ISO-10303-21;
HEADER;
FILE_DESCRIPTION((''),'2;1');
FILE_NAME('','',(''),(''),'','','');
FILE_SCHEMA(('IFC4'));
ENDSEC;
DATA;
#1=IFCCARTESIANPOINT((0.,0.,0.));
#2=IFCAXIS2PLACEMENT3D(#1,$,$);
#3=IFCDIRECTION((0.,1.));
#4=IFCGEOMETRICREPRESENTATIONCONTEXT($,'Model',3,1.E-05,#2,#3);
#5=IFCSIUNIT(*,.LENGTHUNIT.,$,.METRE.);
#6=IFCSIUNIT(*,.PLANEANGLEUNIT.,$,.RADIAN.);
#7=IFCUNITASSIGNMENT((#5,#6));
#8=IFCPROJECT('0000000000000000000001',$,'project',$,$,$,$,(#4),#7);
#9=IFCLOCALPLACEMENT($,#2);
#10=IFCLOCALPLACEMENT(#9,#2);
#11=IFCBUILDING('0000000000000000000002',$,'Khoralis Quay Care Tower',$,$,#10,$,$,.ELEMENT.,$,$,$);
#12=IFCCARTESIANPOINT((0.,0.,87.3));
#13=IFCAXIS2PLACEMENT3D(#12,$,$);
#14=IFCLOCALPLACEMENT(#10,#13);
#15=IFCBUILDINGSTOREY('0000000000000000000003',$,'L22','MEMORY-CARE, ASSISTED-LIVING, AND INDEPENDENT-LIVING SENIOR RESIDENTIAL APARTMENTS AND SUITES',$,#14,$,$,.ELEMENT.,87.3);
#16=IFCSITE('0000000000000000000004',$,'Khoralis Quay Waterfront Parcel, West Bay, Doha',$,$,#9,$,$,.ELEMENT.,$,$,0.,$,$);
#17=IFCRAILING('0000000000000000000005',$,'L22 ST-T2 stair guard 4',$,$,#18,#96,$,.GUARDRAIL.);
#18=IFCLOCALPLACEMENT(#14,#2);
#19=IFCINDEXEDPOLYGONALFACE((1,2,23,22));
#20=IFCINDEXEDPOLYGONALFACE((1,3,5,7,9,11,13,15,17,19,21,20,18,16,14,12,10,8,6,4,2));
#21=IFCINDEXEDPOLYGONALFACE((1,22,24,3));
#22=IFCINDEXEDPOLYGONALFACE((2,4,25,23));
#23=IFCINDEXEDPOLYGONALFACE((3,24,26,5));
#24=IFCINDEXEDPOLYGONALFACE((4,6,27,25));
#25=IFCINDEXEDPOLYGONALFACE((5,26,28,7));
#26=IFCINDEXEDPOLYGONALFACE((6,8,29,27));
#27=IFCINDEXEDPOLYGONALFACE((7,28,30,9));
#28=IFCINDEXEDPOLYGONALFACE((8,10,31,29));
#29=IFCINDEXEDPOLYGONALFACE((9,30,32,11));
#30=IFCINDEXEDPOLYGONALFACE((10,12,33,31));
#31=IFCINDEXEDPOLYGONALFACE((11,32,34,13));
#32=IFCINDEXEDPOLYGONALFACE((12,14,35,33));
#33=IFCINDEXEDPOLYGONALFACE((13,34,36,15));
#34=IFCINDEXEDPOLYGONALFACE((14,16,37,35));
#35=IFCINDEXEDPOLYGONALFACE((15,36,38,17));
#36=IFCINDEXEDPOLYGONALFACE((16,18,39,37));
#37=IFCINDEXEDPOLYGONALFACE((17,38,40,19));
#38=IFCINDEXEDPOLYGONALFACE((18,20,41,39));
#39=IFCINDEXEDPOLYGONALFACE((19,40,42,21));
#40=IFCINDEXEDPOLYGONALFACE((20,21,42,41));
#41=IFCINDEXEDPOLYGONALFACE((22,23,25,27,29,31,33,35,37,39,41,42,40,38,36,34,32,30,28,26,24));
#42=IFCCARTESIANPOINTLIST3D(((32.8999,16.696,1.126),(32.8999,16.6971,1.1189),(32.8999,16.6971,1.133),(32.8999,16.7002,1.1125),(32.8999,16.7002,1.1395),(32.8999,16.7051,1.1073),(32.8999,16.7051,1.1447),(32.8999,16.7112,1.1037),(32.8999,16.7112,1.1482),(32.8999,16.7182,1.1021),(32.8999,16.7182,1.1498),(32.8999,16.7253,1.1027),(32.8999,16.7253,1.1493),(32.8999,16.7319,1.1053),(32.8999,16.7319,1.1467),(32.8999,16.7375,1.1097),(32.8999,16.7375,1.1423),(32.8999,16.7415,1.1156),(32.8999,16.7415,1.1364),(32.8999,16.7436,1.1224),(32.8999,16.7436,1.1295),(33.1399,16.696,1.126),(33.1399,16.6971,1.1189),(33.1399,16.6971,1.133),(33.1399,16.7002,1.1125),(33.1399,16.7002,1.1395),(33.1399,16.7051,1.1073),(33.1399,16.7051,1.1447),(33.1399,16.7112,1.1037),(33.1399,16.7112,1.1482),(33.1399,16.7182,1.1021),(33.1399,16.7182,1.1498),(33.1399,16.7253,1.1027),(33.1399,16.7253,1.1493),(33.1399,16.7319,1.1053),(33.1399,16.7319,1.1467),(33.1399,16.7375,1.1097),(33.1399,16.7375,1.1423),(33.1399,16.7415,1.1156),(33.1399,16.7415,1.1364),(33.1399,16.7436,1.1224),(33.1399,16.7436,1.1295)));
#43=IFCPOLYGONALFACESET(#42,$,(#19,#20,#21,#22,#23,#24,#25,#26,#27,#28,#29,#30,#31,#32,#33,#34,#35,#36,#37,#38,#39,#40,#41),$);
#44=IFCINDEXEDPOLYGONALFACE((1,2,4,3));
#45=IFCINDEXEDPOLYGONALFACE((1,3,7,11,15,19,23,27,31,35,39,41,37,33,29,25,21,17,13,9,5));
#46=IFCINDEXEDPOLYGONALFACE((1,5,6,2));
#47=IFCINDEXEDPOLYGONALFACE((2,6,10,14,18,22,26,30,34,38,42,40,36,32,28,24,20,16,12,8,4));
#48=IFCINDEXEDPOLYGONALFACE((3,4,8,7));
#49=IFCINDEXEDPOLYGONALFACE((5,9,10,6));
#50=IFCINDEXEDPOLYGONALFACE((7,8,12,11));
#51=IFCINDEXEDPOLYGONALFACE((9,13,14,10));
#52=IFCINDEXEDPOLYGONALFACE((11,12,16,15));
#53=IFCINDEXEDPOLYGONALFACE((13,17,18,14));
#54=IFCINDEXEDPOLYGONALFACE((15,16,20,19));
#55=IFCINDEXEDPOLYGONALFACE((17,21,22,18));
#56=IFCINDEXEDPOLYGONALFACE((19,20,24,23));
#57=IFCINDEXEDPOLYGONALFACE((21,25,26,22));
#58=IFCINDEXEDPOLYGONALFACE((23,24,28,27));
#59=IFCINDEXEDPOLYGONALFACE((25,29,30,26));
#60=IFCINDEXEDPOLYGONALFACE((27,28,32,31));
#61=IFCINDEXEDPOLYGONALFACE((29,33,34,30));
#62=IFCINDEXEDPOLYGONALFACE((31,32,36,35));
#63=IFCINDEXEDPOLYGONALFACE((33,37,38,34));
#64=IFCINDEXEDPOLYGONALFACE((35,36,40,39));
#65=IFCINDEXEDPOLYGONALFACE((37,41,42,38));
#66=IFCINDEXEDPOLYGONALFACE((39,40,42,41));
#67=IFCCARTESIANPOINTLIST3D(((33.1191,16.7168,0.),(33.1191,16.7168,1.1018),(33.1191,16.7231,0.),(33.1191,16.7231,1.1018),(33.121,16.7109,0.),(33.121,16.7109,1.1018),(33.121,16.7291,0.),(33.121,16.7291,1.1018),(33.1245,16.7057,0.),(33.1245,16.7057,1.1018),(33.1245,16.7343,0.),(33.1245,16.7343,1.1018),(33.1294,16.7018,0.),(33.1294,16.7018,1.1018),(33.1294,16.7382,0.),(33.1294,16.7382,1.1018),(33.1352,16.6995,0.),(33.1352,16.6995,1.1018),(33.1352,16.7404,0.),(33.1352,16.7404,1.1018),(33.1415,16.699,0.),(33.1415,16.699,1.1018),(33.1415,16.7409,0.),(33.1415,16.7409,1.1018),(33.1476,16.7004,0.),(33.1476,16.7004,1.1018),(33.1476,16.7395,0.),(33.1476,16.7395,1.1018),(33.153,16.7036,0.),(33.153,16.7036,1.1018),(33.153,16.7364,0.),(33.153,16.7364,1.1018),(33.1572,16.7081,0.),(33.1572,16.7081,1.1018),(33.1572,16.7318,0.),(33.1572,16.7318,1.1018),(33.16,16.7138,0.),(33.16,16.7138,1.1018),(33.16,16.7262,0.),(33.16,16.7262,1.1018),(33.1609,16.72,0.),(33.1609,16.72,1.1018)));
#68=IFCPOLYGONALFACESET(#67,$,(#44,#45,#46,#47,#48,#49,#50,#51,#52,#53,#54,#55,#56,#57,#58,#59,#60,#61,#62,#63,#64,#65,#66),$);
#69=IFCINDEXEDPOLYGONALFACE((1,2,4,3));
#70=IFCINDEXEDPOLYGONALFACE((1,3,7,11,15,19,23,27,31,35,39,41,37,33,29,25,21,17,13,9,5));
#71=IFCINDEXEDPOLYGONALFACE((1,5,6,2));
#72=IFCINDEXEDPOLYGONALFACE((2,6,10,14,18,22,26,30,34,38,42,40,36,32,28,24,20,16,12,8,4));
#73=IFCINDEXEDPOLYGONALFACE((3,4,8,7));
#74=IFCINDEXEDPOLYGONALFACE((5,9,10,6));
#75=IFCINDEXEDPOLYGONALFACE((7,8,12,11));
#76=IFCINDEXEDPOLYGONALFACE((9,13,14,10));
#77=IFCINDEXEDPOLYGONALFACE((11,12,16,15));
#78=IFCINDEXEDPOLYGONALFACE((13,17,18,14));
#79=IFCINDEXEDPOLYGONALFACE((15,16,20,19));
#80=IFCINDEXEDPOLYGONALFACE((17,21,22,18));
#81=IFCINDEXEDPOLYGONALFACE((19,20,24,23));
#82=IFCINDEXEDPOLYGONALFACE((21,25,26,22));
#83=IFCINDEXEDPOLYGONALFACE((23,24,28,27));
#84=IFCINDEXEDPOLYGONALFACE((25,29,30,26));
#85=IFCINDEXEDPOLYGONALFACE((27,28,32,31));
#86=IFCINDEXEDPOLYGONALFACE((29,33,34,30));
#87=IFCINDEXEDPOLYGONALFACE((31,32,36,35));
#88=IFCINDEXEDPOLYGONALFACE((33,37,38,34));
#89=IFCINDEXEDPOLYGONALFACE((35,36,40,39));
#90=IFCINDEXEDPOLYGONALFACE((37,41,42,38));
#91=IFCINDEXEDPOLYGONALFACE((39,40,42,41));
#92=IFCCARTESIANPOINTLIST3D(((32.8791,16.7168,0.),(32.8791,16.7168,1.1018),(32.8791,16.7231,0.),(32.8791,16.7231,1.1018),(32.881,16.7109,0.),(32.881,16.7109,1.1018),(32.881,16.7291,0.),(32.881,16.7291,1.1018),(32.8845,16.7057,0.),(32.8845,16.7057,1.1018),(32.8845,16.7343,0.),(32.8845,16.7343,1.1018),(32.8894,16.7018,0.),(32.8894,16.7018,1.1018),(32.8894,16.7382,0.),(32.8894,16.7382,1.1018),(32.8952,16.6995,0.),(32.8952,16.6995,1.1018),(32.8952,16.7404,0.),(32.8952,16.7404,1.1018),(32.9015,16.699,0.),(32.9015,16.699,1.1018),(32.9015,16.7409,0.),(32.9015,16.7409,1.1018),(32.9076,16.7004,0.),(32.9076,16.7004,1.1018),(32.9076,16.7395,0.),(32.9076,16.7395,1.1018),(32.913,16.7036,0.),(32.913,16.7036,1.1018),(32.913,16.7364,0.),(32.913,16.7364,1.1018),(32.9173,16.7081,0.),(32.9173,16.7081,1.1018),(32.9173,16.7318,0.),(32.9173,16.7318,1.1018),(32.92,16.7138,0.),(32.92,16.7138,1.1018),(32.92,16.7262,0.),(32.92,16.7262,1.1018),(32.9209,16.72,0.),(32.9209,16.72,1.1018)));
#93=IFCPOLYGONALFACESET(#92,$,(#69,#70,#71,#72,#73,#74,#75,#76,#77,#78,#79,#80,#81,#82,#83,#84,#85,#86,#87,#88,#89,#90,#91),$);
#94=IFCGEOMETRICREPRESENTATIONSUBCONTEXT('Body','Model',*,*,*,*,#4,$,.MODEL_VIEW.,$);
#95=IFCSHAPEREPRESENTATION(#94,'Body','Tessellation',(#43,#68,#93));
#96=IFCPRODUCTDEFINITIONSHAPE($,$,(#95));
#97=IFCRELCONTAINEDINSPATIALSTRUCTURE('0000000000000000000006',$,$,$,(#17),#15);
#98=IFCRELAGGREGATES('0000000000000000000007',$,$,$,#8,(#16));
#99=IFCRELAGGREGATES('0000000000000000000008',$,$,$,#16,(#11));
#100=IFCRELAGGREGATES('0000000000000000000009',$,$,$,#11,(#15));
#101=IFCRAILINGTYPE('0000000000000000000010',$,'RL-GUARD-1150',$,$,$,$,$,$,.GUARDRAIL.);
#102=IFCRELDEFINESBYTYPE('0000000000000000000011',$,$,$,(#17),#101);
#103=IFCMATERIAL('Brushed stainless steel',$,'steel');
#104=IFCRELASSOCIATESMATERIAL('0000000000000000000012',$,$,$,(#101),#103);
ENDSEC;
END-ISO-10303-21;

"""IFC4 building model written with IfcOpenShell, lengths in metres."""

from ifc_helpers import new_model, si_unit, direction, frame, origin, origin_2d, place, context, subcontext, project, spatial, circle, extrude, material, type_object, element, save


model = new_model("IFC4")

# Units and contexts
model_context = context("Model", 3, precision=1e-05, world=origin(), true_north=direction((0.0, 1.0)))
body_context = subcontext(model_context, "Body", "Model", "MODEL_VIEW")
ifc_project = project(units=[si_unit("LENGTHUNIT", "METRE"), si_unit("PLANEANGLEUNIT", "RADIAN")], contexts=[model_context])

# Site, building, storey
site_placement = place(None, origin())
site = spatial("IfcSite", under=ifc_project, at=site_placement, Name="Khoralis Quay Waterfront Parcel, West Bay, Doha", CompositionType="ELEMENT", RefElevation=0.0)
building_placement = place(site_placement, origin())
building = spatial("IfcBuilding", under=site, at=building_placement, Name="Khoralis Quay Care Tower", CompositionType="ELEMENT")
storey_placement = place(building_placement, frame((0.0, 0.0, 87.3)))
storey = spatial("IfcBuildingStorey", under=building, at=storey_placement, Name="L22", Description="MEMORY-CARE, ASSISTED-LIVING, AND INDEPENDENT-LIVING SENIOR RESIDENTIAL APARTMENTS AND SUITES", CompositionType="ELEMENT", Elevation=87.3)

# Shared definitions
ifc_material_1 = material(Name="Brushed stainless steel", Category="steel")

# Railing
railing_type = type_object("IfcRailingType", Name="RL-GUARD-1150", PredefinedType="GUARDRAIL", material=ifc_material_1)
railing_1_placement = place(storey_placement, frame((33.1399, 16.72, 0.0)))
element("IfcRailing", 1, at=railing_1_placement, inside=storey, type_object=railing_type, Name="L22 ST-T2 stair guard 4", PredefinedType="GUARDRAIL", context=body_context, shape_type="SweptSolid", body=[
    extrude(circle(Radius=0.0239, at=origin_2d()), frame((0.0, 0.0, 1.126), z_axis=(-1.0, 0.0, 0.0), x_axis=(0.0, -1.0, 0.0)), (0.0, 0.0, 1.0), 0.24),
    extrude(circle(Radius=0.021, at=origin_2d()), origin(), (0.0, 0.0, 1.0), 1.1018),
    extrude(circle(Radius=0.021, at=origin_2d()), frame((-0.24, 0.0, 0.0)), (0.0, 0.0, 1.0), 1.1018),
])

save(model, "model.ifc")
